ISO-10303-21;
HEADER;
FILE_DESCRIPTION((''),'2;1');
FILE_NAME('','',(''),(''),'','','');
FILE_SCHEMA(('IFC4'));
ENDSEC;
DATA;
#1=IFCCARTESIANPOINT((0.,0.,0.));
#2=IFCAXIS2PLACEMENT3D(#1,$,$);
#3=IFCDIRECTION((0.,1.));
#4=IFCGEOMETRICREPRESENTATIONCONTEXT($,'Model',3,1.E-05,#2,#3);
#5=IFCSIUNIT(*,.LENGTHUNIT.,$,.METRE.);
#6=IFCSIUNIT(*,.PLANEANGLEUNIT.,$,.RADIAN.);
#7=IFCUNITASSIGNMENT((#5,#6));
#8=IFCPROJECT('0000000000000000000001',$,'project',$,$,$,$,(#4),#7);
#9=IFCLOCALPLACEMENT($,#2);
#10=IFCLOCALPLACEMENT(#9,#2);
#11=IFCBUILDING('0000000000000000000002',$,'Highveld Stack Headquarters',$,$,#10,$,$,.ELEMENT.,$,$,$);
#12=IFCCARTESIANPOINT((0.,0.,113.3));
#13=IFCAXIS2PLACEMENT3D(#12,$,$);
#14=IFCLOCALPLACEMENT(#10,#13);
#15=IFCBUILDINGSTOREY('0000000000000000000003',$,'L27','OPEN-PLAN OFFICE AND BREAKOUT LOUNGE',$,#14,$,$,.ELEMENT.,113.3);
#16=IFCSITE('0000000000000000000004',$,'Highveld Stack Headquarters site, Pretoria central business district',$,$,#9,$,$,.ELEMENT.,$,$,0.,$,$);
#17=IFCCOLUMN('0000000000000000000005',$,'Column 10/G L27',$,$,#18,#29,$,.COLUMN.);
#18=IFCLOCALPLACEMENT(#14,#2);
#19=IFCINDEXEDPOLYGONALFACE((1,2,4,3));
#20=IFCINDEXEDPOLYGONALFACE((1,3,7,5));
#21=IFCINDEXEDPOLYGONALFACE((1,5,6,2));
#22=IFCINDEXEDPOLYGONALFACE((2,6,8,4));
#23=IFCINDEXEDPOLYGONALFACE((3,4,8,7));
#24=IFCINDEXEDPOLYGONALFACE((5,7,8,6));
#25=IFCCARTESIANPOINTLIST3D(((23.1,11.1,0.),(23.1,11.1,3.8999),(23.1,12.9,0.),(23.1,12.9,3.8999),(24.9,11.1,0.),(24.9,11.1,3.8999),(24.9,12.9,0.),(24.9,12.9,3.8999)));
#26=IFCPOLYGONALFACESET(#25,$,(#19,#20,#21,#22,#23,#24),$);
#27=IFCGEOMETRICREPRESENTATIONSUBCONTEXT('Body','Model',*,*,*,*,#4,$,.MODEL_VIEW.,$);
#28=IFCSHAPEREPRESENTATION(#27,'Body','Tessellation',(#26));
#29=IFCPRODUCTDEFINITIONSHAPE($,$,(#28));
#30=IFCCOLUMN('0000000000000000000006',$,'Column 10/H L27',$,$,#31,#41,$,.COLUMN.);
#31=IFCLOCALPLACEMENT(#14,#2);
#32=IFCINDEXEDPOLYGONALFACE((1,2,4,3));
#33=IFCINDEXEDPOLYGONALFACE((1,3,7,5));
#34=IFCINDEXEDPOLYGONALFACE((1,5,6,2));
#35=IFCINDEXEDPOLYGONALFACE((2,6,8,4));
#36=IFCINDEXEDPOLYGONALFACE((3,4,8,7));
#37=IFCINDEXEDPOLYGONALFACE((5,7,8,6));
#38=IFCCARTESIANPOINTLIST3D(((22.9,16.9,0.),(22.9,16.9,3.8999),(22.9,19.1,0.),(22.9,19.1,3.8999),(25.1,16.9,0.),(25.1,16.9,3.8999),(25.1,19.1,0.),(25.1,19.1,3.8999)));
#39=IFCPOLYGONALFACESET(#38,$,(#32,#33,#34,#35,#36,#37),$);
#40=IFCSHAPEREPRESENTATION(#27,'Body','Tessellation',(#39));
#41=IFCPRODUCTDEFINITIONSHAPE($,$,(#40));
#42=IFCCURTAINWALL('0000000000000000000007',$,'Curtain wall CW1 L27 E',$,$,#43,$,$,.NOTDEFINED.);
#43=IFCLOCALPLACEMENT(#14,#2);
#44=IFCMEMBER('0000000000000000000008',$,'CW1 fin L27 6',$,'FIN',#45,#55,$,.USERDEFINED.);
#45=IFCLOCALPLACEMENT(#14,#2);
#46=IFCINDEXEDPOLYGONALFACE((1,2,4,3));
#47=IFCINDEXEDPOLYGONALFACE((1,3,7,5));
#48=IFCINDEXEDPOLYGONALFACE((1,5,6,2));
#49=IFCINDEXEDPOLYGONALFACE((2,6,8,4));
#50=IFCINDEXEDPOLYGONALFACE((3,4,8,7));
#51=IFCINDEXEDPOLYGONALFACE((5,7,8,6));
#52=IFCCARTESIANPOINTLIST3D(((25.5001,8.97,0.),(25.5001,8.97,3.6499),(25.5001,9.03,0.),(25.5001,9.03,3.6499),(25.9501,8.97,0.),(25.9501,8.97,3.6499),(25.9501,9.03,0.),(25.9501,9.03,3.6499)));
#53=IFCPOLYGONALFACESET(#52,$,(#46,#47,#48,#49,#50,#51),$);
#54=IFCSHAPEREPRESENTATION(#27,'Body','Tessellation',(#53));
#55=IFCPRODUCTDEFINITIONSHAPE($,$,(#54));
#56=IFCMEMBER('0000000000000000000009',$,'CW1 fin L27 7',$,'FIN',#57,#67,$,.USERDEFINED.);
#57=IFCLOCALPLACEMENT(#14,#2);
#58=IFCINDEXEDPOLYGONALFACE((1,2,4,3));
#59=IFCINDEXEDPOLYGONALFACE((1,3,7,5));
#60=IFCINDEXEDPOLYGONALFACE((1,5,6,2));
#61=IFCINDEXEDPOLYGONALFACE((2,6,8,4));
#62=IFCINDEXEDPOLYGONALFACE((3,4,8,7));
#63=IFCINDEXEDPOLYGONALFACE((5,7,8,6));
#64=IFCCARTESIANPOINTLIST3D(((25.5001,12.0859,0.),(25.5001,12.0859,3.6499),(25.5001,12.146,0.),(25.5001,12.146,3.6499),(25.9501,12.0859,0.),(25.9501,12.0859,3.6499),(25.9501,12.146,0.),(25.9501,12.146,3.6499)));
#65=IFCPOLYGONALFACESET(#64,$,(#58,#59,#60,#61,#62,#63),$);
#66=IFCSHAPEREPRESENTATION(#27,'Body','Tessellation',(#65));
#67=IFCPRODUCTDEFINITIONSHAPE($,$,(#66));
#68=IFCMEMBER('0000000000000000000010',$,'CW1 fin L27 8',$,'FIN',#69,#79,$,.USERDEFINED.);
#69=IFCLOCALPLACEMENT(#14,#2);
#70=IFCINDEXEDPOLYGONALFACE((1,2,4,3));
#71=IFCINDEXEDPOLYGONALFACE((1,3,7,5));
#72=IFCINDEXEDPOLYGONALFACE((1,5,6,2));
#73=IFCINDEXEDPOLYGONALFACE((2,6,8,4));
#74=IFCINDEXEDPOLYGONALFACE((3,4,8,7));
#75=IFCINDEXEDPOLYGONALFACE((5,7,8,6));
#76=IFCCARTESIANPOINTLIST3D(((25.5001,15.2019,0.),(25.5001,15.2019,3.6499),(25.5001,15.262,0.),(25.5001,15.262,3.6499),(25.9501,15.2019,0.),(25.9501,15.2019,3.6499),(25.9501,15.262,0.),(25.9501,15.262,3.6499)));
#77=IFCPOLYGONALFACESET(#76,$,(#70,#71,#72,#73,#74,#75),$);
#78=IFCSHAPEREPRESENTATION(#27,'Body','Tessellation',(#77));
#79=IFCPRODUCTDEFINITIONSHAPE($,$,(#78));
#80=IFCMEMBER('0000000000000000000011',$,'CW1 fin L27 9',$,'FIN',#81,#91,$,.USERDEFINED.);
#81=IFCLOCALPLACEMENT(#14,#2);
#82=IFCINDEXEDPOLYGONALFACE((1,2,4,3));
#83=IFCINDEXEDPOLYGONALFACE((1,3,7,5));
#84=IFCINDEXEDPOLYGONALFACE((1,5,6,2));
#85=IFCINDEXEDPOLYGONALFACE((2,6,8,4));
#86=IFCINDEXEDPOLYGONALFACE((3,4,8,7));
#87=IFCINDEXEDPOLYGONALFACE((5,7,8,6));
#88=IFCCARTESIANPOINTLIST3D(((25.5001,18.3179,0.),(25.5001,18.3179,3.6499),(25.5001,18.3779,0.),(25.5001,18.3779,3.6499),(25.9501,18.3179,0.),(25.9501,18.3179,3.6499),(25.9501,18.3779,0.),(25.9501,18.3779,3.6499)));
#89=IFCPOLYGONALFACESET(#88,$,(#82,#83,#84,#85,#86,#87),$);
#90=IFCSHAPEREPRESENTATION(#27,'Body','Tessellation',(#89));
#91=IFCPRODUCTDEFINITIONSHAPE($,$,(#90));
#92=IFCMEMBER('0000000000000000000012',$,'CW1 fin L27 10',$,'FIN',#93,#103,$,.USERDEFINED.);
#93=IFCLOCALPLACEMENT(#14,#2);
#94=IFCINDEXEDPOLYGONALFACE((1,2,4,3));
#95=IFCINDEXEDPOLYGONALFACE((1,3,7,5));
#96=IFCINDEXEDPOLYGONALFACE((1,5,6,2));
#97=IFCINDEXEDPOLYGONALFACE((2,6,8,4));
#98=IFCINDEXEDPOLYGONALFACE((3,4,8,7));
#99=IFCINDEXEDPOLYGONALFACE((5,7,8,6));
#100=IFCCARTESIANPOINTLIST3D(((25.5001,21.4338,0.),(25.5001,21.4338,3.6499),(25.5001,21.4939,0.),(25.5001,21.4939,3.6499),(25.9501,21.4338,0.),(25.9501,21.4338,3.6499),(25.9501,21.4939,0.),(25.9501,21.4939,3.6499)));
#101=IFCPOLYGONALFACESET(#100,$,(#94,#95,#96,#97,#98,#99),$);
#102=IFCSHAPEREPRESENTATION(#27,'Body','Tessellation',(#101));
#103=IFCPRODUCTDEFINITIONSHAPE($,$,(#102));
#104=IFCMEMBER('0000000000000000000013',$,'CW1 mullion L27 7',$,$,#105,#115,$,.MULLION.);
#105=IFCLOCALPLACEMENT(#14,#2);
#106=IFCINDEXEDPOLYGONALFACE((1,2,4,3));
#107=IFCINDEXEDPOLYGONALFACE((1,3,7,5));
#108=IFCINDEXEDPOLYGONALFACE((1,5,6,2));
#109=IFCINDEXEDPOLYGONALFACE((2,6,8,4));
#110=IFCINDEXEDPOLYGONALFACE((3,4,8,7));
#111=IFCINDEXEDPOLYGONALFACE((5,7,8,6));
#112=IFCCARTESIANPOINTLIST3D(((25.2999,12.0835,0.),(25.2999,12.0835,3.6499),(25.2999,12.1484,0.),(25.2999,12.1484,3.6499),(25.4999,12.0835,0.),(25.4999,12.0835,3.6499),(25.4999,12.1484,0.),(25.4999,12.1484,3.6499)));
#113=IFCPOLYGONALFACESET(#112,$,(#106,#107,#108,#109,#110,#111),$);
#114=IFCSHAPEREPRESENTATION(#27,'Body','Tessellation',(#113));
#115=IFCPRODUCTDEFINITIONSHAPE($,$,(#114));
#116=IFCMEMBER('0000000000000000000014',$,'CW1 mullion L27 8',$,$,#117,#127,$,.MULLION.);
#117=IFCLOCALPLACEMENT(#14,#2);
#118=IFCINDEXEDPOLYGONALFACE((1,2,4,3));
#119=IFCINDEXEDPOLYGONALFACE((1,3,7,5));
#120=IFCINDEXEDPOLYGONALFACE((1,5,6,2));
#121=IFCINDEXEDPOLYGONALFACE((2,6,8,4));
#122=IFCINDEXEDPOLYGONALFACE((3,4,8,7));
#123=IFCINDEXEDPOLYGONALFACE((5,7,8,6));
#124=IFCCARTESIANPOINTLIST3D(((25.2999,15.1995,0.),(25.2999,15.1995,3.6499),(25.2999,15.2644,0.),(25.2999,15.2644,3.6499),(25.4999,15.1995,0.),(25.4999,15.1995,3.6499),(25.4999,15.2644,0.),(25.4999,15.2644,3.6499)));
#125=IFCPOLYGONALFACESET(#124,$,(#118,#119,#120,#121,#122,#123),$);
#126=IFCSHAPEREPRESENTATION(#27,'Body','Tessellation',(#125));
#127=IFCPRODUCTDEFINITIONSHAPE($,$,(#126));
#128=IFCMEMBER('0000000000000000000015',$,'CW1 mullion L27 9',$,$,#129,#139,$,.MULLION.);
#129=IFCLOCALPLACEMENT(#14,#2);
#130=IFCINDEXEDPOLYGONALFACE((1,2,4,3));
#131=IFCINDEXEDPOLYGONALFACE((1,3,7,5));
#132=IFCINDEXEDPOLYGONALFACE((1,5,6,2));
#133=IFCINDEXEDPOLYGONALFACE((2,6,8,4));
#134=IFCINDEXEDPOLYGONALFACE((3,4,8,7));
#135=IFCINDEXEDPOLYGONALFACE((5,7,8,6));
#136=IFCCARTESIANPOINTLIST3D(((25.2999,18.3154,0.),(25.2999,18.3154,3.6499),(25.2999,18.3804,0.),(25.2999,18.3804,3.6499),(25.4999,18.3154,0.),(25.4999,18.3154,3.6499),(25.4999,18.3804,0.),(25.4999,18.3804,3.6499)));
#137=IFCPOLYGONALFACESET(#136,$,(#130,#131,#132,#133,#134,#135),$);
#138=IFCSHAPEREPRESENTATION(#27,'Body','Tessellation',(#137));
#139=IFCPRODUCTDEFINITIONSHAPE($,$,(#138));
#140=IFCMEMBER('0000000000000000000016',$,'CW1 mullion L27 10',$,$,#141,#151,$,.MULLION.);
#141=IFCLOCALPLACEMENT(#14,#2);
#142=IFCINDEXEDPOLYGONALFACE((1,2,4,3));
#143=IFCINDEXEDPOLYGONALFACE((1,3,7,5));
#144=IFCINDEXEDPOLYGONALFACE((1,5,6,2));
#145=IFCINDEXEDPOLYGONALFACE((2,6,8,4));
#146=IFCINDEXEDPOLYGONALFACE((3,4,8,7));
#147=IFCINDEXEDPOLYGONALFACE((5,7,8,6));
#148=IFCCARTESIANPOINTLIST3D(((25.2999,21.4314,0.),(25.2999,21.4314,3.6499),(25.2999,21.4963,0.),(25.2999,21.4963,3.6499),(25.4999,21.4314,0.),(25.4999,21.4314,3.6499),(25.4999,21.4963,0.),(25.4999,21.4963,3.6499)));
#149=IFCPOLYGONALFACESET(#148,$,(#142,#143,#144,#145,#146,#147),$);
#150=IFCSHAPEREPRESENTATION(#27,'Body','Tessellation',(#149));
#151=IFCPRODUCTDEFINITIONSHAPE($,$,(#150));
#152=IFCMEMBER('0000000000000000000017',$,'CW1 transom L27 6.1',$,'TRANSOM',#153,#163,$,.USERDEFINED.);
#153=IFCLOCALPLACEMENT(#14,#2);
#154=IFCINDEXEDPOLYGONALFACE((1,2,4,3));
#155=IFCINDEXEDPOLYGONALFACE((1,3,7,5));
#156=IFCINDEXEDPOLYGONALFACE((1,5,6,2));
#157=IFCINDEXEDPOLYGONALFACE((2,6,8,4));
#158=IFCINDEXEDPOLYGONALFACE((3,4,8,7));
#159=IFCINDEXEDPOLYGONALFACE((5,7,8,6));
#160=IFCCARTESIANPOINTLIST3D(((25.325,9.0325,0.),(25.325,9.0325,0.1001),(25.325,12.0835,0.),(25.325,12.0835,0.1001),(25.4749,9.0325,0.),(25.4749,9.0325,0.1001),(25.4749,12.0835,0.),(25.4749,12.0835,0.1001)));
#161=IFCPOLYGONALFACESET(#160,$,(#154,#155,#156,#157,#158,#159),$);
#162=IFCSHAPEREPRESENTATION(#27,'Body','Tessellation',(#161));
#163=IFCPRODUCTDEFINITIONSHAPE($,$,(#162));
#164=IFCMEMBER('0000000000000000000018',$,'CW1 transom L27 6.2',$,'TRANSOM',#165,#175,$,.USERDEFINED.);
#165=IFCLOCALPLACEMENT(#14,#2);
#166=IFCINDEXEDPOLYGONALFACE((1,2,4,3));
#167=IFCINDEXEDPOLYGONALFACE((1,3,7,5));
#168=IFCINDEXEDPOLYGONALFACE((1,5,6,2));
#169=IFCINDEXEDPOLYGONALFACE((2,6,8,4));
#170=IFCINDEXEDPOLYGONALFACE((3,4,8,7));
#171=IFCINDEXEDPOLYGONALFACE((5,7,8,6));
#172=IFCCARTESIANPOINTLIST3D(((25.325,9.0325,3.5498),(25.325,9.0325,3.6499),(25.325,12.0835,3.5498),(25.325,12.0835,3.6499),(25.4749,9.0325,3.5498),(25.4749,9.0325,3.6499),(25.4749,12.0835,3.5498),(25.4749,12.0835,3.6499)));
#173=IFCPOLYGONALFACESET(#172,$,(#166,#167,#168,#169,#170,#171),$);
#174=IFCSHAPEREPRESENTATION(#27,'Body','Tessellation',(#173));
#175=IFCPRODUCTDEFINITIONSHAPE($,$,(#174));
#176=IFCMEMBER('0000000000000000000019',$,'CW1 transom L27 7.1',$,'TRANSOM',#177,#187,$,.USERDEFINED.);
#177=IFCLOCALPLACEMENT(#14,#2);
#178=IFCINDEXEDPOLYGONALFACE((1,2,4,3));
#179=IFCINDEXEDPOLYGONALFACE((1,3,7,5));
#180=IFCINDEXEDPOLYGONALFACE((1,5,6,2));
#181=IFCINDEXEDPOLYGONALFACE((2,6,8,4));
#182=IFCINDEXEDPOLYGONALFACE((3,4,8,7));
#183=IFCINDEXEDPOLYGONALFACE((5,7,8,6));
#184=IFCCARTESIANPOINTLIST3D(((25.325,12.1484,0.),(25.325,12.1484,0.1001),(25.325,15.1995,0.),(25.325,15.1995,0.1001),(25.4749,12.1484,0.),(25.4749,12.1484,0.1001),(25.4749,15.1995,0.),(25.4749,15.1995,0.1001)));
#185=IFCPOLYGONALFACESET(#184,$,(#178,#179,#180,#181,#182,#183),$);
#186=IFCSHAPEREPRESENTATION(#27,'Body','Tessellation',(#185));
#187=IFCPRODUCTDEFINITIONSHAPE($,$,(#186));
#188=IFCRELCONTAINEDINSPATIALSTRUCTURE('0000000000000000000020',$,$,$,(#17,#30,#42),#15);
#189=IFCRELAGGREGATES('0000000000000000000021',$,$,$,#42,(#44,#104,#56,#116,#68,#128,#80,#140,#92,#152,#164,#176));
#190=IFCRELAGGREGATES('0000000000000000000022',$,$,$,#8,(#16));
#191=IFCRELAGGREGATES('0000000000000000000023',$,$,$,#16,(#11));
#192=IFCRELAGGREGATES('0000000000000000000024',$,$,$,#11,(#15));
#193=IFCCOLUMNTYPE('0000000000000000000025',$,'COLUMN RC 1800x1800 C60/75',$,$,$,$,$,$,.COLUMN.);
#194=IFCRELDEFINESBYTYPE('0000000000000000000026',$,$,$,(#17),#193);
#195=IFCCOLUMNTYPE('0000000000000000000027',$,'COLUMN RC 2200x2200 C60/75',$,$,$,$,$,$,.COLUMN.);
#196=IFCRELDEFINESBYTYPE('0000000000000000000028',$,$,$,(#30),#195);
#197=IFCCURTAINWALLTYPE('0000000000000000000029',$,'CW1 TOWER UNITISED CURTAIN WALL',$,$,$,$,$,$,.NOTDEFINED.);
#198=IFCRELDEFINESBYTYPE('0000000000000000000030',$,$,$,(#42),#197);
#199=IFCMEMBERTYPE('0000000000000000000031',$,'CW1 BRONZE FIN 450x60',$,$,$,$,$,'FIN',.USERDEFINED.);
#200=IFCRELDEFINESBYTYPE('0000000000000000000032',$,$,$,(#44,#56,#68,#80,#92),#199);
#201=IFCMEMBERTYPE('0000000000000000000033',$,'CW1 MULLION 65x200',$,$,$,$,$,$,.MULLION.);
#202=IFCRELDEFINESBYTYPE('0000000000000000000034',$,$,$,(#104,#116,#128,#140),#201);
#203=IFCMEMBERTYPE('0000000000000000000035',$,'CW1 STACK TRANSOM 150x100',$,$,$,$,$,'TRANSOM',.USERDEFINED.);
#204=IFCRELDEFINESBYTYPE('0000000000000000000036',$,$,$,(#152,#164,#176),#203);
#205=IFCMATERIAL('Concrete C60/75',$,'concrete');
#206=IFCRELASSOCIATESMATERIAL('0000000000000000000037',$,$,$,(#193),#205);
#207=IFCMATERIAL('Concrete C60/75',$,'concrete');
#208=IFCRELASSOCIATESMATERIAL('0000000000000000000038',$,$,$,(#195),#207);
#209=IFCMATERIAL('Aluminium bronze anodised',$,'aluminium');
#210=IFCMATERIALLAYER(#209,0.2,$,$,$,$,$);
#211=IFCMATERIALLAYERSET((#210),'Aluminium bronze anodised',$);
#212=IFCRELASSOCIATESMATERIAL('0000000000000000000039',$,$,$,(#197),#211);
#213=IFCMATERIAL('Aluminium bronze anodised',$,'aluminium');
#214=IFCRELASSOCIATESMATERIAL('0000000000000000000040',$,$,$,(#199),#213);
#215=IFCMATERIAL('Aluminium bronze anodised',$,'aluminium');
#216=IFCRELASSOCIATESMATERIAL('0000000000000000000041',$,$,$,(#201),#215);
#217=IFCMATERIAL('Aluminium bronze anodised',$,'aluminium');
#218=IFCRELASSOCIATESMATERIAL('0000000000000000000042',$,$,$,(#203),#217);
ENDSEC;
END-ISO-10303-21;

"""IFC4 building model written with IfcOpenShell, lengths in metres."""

from ifc_helpers import new_model, si_unit, direction, frame, origin, origin_2d, place, context, subcontext, project, spatial, rectangle, extrude, material, layer, layer_set, material_profile, profile_set, type_object, element, aggregate, save


model = new_model("IFC4")

# Units and contexts
model_context = context("Model", 3, precision=1e-05, world=origin(), true_north=direction((0.0, 1.0)))
body_context = subcontext(model_context, "Body", "Model", "MODEL_VIEW")
ifc_project = project(units=[si_unit("LENGTHUNIT", "METRE"), si_unit("PLANEANGLEUNIT", "RADIAN")], contexts=[model_context])

# Site, building, storey
site_placement = place(None, origin())
site = spatial("IfcSite", under=ifc_project, at=site_placement, Name="Highveld Stack Headquarters site, Pretoria central business district", CompositionType="ELEMENT", RefElevation=0.0)
building_placement = place(site_placement, origin())
building = spatial("IfcBuilding", under=site, at=building_placement, Name="Highveld Stack Headquarters", CompositionType="ELEMENT")
storey_placement = place(building_placement, frame((0.0, 0.0, 113.3)))
storey = spatial("IfcBuildingStorey", under=building, at=storey_placement, Name="L27", Description="OPEN-PLAN OFFICE AND BREAKOUT LOUNGE", CompositionType="ELEMENT", Elevation=113.3)

# Columns
ifc_material_1 = material(Name="Concrete C60/75", Category="concrete")
ifc_material_profile_1 = material_profile(ifc_material_1, rectangle(XDim=1.8, YDim=1.8, at=origin_2d()), Name="RC 1800x1800")
ifc_profile_set_1 = profile_set([ifc_material_profile_1], Name="Concrete C60/75")
column_type_1 = type_object("IfcColumnType", Name="COLUMN RC 1800x1800 C60/75", PredefinedType="COLUMN", material=ifc_profile_set_1)
column_1_placement = place(storey_placement, frame((24.0, 12.0, 0.0), z_axis=(0.0, 0.0, 1.0), x_axis=(1.0, 0.0, 0.0)))
element("IfcColumn", 1, at=column_1_placement, inside=storey, type_object=column_type_1, Name="Column 10/G L27", PredefinedType="COLUMN", context=body_context, shape_type="SweptSolid", body=[
    extrude(rectangle(XDim=1.8, YDim=1.8, at=origin_2d()), origin(), (0.0, 0.0, 1.0), 3.8999),
])
ifc_material_2 = material(Name="Concrete C60/75", Category="concrete")
ifc_material_profile_2 = material_profile(ifc_material_2, rectangle(XDim=2.2, YDim=2.2, at=origin_2d()), Name="RC 2200x2200")
ifc_profile_set_2 = profile_set([ifc_material_profile_2], Name="Concrete C60/75")
column_type_2 = type_object("IfcColumnType", Name="COLUMN RC 2200x2200 C60/75", PredefinedType="COLUMN", material=ifc_profile_set_2)
column_2_placement = place(storey_placement, frame((24.0, 18.0, 0.0), z_axis=(0.0, 0.0, 1.0), x_axis=(1.0, 0.0, 0.0)))
element("IfcColumn", 2, at=column_2_placement, inside=storey, type_object=column_type_2, Name="Column 10/H L27", PredefinedType="COLUMN", context=body_context, shape_type="SweptSolid", body=[
    extrude(rectangle(XDim=2.2, YDim=2.2, at=origin_2d()), origin(), (0.0, 0.0, 1.0), 3.8999),
])

# Curtain wall, members
ifc_material_3 = material(Name="Aluminium bronze anodised", Category="aluminium")
ifc_layer_1 = layer(ifc_material_3, 0.2)
ifc_layer_set_1 = layer_set([ifc_layer_1], Name="Aluminium bronze anodised")
curtain_wall_type = type_object("IfcCurtainWallType", Name="CW1 TOWER UNITISED CURTAIN WALL", PredefinedType="NOTDEFINED", material=ifc_layer_set_1)
curtain_wall_placement = place(storey_placement, origin())
curtain_wall = element("IfcCurtainWall", 3, at=curtain_wall_placement, inside=storey, type_object=curtain_wall_type, Name="Curtain wall CW1 L27 E", PredefinedType="NOTDEFINED")
ifc_material_4 = material(Name="Aluminium bronze anodised", Category="aluminium")
ifc_material_profile_3 = material_profile(ifc_material_4, rectangle(XDim=0.45, YDim=0.0601, at=origin_2d()), Name="FIN 450x60")
ifc_profile_set_3 = profile_set([ifc_material_profile_3], Name="Aluminium bronze anodised")
member_type_1 = type_object("IfcMemberType", Name="CW1 BRONZE FIN 450x60", ElementType="FIN", PredefinedType="USERDEFINED", material=ifc_profile_set_3)
member_1_placement = place(storey_placement, frame((25.7251, 9.0, 0.0), z_axis=(0.0, 0.0, 1.0), x_axis=(-1.0, 0.0, 0.0)))
member_1 = element("IfcMember", 4, at=member_1_placement, type_object=member_type_1, Name="CW1 fin L27 6", ObjectType="FIN", PredefinedType="USERDEFINED", context=body_context, shape_type="SweptSolid", body=[
    extrude(rectangle(XDim=0.45, YDim=0.0601, at=origin_2d()), origin(), (0.0, 0.0, 1.0), 3.6499),
])
member_2_placement = place(storey_placement, frame((25.7251, 12.116, 0.0), z_axis=(0.0, 0.0, 1.0), x_axis=(-1.0, 0.0, 0.0)))
member_2 = element("IfcMember", 5, at=member_2_placement, type_object=member_type_1, Name="CW1 fin L27 7", ObjectType="FIN", PredefinedType="USERDEFINED", context=body_context, shape_type="SweptSolid", body=[
    extrude(rectangle(XDim=0.45, YDim=0.0601, at=origin_2d()), origin(), (0.0, 0.0, 1.0), 3.6499),
])
member_3_placement = place(storey_placement, frame((25.7251, 15.2319, 0.0), z_axis=(0.0, 0.0, 1.0), x_axis=(-1.0, 0.0, 0.0)))
member_3 = element("IfcMember", 6, at=member_3_placement, type_object=member_type_1, Name="CW1 fin L27 8", ObjectType="FIN", PredefinedType="USERDEFINED", context=body_context, shape_type="SweptSolid", body=[
    extrude(rectangle(XDim=0.45, YDim=0.0601, at=origin_2d()), origin(), (0.0, 0.0, 1.0), 3.6499),
])
member_4_placement = place(storey_placement, frame((25.7251, 18.3479, 0.0), z_axis=(0.0, 0.0, 1.0), x_axis=(-1.0, 0.0, 0.0)))
member_4 = element("IfcMember", 7, at=member_4_placement, type_object=member_type_1, Name="CW1 fin L27 9", ObjectType="FIN", PredefinedType="USERDEFINED", context=body_context, shape_type="SweptSolid", body=[
    extrude(rectangle(XDim=0.45, YDim=0.0601, at=origin_2d()), origin(), (0.0, 0.0, 1.0), 3.6499),
])
member_5_placement = place(storey_placement, frame((25.7251, 21.4639, 0.0), z_axis=(0.0, 0.0, 1.0), x_axis=(-1.0, 0.0, 0.0)))
member_5 = element("IfcMember", 8, at=member_5_placement, type_object=member_type_1, Name="CW1 fin L27 10", ObjectType="FIN", PredefinedType="USERDEFINED", context=body_context, shape_type="SweptSolid", body=[
    extrude(rectangle(XDim=0.45, YDim=0.0601, at=origin_2d()), origin(), (0.0, 0.0, 1.0), 3.6499),
])
ifc_material_5 = material(Name="Aluminium bronze anodised", Category="aluminium")
ifc_material_profile_4 = material_profile(ifc_material_5, rectangle(XDim=0.2, YDim=0.0649, at=origin_2d()), Name="CW1 MULLION 65x200")
ifc_profile_set_4 = profile_set([ifc_material_profile_4], Name="Aluminium bronze anodised")
member_type_2 = type_object("IfcMemberType", Name="CW1 MULLION 65x200", PredefinedType="MULLION", material=ifc_profile_set_4)
member_6_placement = place(storey_placement, frame((25.3999, 12.116, 0.0), z_axis=(0.0, 0.0, 1.0), x_axis=(-1.0, 0.0, 0.0)))
member_6 = element("IfcMember", 9, at=member_6_placement, type_object=member_type_2, Name="CW1 mullion L27 7", PredefinedType="MULLION", context=body_context, shape_type="SweptSolid", body=[
    extrude(rectangle(XDim=0.2, YDim=0.0649, at=origin_2d()), origin(), (0.0, 0.0, 1.0), 3.6499),
])
member_7_placement = place(storey_placement, frame((25.3999, 15.2319, 0.0), z_axis=(0.0, 0.0, 1.0), x_axis=(-1.0, 0.0, 0.0)))
member_7 = element("IfcMember", 10, at=member_7_placement, type_object=member_type_2, Name="CW1 mullion L27 8", PredefinedType="MULLION", context=body_context, shape_type="SweptSolid", body=[
    extrude(rectangle(XDim=0.2, YDim=0.0649, at=origin_2d()), origin(), (0.0, 0.0, 1.0), 3.6499),
])
member_8_placement = place(storey_placement, frame((25.3999, 18.3479, 0.0), z_axis=(0.0, 0.0, 1.0), x_axis=(-1.0, 0.0, 0.0)))
member_8 = element("IfcMember", 11, at=member_8_placement, type_object=member_type_2, Name="CW1 mullion L27 9", PredefinedType="MULLION", context=body_context, shape_type="SweptSolid", body=[
    extrude(rectangle(XDim=0.2, YDim=0.0649, at=origin_2d()), origin(), (0.0, 0.0, 1.0), 3.6499),
])
member_9_placement = place(storey_placement, frame((25.3999, 21.4639, 0.0), z_axis=(0.0, 0.0, 1.0), x_axis=(-1.0, 0.0, 0.0)))
member_9 = element("IfcMember", 12, at=member_9_placement, type_object=member_type_2, Name="CW1 mullion L27 10", PredefinedType="MULLION", context=body_context, shape_type="SweptSolid", body=[
    extrude(rectangle(XDim=0.2, YDim=0.0649, at=origin_2d()), origin(), (0.0, 0.0, 1.0), 3.6499),
])
ifc_material_6 = material(Name="Aluminium bronze anodised", Category="aluminium")
ifc_material_profile_5 = material_profile(ifc_material_6, rectangle(XDim=0.1499, YDim=0.1001, at=origin_2d()), Name="CW1 TRANSOM 150x100")
ifc_profile_set_5 = profile_set([ifc_material_profile_5], Name="Aluminium bronze anodised")
member_type_3 = type_object("IfcMemberType", Name="CW1 STACK TRANSOM 150x100", ElementType="TRANSOM", PredefinedType="USERDEFINED", material=ifc_profile_set_5)
member_10_placement = place(storey_placement, frame((25.3999, 9.0325, 0.05), z_axis=(0.0, 1.0, 0.0), x_axis=(-1.0, 0.0, 0.0)))
member_10 = element("IfcMember", 13, at=member_10_placement, type_object=member_type_3, Name="CW1 transom L27 6.1", ObjectType="TRANSOM", PredefinedType="USERDEFINED", context=body_context, shape_type="SweptSolid", body=[
    extrude(rectangle(XDim=0.1499, YDim=0.1001, at=origin_2d()), origin(), (0.0, 0.0, 1.0), 3.051),
])
member_11_placement = place(storey_placement, frame((25.3999, 9.0325, 3.5999), z_axis=(0.0, 1.0, 0.0), x_axis=(-1.0, 0.0, 0.0)))
member_11 = element("IfcMember", 14, at=member_11_placement, type_object=member_type_3, Name="CW1 transom L27 6.2", ObjectType="TRANSOM", PredefinedType="USERDEFINED", context=body_context, shape_type="SweptSolid", body=[
    extrude(rectangle(XDim=0.1499, YDim=0.1001, at=origin_2d()), origin(), (0.0, 0.0, 1.0), 3.051),
])
member_12_placement = place(storey_placement, frame((25.3999, 12.1484, 0.05), z_axis=(0.0, 1.0, 0.0), x_axis=(-1.0, 0.0, 0.0)))
member_12 = element("IfcMember", 15, at=member_12_placement, type_object=member_type_3, Name="CW1 transom L27 7.1", ObjectType="TRANSOM", PredefinedType="USERDEFINED", context=body_context, shape_type="SweptSolid", body=[
    extrude(rectangle(XDim=0.1499, YDim=0.1001, at=origin_2d()), origin(), (0.0, 0.0, 1.0), 3.051),
])
aggregate(curtain_wall, [member_1, member_6, member_2, member_7, member_3, member_8, member_4, member_9, member_5, member_10, member_11, member_12])

save(model, "model.ifc")
